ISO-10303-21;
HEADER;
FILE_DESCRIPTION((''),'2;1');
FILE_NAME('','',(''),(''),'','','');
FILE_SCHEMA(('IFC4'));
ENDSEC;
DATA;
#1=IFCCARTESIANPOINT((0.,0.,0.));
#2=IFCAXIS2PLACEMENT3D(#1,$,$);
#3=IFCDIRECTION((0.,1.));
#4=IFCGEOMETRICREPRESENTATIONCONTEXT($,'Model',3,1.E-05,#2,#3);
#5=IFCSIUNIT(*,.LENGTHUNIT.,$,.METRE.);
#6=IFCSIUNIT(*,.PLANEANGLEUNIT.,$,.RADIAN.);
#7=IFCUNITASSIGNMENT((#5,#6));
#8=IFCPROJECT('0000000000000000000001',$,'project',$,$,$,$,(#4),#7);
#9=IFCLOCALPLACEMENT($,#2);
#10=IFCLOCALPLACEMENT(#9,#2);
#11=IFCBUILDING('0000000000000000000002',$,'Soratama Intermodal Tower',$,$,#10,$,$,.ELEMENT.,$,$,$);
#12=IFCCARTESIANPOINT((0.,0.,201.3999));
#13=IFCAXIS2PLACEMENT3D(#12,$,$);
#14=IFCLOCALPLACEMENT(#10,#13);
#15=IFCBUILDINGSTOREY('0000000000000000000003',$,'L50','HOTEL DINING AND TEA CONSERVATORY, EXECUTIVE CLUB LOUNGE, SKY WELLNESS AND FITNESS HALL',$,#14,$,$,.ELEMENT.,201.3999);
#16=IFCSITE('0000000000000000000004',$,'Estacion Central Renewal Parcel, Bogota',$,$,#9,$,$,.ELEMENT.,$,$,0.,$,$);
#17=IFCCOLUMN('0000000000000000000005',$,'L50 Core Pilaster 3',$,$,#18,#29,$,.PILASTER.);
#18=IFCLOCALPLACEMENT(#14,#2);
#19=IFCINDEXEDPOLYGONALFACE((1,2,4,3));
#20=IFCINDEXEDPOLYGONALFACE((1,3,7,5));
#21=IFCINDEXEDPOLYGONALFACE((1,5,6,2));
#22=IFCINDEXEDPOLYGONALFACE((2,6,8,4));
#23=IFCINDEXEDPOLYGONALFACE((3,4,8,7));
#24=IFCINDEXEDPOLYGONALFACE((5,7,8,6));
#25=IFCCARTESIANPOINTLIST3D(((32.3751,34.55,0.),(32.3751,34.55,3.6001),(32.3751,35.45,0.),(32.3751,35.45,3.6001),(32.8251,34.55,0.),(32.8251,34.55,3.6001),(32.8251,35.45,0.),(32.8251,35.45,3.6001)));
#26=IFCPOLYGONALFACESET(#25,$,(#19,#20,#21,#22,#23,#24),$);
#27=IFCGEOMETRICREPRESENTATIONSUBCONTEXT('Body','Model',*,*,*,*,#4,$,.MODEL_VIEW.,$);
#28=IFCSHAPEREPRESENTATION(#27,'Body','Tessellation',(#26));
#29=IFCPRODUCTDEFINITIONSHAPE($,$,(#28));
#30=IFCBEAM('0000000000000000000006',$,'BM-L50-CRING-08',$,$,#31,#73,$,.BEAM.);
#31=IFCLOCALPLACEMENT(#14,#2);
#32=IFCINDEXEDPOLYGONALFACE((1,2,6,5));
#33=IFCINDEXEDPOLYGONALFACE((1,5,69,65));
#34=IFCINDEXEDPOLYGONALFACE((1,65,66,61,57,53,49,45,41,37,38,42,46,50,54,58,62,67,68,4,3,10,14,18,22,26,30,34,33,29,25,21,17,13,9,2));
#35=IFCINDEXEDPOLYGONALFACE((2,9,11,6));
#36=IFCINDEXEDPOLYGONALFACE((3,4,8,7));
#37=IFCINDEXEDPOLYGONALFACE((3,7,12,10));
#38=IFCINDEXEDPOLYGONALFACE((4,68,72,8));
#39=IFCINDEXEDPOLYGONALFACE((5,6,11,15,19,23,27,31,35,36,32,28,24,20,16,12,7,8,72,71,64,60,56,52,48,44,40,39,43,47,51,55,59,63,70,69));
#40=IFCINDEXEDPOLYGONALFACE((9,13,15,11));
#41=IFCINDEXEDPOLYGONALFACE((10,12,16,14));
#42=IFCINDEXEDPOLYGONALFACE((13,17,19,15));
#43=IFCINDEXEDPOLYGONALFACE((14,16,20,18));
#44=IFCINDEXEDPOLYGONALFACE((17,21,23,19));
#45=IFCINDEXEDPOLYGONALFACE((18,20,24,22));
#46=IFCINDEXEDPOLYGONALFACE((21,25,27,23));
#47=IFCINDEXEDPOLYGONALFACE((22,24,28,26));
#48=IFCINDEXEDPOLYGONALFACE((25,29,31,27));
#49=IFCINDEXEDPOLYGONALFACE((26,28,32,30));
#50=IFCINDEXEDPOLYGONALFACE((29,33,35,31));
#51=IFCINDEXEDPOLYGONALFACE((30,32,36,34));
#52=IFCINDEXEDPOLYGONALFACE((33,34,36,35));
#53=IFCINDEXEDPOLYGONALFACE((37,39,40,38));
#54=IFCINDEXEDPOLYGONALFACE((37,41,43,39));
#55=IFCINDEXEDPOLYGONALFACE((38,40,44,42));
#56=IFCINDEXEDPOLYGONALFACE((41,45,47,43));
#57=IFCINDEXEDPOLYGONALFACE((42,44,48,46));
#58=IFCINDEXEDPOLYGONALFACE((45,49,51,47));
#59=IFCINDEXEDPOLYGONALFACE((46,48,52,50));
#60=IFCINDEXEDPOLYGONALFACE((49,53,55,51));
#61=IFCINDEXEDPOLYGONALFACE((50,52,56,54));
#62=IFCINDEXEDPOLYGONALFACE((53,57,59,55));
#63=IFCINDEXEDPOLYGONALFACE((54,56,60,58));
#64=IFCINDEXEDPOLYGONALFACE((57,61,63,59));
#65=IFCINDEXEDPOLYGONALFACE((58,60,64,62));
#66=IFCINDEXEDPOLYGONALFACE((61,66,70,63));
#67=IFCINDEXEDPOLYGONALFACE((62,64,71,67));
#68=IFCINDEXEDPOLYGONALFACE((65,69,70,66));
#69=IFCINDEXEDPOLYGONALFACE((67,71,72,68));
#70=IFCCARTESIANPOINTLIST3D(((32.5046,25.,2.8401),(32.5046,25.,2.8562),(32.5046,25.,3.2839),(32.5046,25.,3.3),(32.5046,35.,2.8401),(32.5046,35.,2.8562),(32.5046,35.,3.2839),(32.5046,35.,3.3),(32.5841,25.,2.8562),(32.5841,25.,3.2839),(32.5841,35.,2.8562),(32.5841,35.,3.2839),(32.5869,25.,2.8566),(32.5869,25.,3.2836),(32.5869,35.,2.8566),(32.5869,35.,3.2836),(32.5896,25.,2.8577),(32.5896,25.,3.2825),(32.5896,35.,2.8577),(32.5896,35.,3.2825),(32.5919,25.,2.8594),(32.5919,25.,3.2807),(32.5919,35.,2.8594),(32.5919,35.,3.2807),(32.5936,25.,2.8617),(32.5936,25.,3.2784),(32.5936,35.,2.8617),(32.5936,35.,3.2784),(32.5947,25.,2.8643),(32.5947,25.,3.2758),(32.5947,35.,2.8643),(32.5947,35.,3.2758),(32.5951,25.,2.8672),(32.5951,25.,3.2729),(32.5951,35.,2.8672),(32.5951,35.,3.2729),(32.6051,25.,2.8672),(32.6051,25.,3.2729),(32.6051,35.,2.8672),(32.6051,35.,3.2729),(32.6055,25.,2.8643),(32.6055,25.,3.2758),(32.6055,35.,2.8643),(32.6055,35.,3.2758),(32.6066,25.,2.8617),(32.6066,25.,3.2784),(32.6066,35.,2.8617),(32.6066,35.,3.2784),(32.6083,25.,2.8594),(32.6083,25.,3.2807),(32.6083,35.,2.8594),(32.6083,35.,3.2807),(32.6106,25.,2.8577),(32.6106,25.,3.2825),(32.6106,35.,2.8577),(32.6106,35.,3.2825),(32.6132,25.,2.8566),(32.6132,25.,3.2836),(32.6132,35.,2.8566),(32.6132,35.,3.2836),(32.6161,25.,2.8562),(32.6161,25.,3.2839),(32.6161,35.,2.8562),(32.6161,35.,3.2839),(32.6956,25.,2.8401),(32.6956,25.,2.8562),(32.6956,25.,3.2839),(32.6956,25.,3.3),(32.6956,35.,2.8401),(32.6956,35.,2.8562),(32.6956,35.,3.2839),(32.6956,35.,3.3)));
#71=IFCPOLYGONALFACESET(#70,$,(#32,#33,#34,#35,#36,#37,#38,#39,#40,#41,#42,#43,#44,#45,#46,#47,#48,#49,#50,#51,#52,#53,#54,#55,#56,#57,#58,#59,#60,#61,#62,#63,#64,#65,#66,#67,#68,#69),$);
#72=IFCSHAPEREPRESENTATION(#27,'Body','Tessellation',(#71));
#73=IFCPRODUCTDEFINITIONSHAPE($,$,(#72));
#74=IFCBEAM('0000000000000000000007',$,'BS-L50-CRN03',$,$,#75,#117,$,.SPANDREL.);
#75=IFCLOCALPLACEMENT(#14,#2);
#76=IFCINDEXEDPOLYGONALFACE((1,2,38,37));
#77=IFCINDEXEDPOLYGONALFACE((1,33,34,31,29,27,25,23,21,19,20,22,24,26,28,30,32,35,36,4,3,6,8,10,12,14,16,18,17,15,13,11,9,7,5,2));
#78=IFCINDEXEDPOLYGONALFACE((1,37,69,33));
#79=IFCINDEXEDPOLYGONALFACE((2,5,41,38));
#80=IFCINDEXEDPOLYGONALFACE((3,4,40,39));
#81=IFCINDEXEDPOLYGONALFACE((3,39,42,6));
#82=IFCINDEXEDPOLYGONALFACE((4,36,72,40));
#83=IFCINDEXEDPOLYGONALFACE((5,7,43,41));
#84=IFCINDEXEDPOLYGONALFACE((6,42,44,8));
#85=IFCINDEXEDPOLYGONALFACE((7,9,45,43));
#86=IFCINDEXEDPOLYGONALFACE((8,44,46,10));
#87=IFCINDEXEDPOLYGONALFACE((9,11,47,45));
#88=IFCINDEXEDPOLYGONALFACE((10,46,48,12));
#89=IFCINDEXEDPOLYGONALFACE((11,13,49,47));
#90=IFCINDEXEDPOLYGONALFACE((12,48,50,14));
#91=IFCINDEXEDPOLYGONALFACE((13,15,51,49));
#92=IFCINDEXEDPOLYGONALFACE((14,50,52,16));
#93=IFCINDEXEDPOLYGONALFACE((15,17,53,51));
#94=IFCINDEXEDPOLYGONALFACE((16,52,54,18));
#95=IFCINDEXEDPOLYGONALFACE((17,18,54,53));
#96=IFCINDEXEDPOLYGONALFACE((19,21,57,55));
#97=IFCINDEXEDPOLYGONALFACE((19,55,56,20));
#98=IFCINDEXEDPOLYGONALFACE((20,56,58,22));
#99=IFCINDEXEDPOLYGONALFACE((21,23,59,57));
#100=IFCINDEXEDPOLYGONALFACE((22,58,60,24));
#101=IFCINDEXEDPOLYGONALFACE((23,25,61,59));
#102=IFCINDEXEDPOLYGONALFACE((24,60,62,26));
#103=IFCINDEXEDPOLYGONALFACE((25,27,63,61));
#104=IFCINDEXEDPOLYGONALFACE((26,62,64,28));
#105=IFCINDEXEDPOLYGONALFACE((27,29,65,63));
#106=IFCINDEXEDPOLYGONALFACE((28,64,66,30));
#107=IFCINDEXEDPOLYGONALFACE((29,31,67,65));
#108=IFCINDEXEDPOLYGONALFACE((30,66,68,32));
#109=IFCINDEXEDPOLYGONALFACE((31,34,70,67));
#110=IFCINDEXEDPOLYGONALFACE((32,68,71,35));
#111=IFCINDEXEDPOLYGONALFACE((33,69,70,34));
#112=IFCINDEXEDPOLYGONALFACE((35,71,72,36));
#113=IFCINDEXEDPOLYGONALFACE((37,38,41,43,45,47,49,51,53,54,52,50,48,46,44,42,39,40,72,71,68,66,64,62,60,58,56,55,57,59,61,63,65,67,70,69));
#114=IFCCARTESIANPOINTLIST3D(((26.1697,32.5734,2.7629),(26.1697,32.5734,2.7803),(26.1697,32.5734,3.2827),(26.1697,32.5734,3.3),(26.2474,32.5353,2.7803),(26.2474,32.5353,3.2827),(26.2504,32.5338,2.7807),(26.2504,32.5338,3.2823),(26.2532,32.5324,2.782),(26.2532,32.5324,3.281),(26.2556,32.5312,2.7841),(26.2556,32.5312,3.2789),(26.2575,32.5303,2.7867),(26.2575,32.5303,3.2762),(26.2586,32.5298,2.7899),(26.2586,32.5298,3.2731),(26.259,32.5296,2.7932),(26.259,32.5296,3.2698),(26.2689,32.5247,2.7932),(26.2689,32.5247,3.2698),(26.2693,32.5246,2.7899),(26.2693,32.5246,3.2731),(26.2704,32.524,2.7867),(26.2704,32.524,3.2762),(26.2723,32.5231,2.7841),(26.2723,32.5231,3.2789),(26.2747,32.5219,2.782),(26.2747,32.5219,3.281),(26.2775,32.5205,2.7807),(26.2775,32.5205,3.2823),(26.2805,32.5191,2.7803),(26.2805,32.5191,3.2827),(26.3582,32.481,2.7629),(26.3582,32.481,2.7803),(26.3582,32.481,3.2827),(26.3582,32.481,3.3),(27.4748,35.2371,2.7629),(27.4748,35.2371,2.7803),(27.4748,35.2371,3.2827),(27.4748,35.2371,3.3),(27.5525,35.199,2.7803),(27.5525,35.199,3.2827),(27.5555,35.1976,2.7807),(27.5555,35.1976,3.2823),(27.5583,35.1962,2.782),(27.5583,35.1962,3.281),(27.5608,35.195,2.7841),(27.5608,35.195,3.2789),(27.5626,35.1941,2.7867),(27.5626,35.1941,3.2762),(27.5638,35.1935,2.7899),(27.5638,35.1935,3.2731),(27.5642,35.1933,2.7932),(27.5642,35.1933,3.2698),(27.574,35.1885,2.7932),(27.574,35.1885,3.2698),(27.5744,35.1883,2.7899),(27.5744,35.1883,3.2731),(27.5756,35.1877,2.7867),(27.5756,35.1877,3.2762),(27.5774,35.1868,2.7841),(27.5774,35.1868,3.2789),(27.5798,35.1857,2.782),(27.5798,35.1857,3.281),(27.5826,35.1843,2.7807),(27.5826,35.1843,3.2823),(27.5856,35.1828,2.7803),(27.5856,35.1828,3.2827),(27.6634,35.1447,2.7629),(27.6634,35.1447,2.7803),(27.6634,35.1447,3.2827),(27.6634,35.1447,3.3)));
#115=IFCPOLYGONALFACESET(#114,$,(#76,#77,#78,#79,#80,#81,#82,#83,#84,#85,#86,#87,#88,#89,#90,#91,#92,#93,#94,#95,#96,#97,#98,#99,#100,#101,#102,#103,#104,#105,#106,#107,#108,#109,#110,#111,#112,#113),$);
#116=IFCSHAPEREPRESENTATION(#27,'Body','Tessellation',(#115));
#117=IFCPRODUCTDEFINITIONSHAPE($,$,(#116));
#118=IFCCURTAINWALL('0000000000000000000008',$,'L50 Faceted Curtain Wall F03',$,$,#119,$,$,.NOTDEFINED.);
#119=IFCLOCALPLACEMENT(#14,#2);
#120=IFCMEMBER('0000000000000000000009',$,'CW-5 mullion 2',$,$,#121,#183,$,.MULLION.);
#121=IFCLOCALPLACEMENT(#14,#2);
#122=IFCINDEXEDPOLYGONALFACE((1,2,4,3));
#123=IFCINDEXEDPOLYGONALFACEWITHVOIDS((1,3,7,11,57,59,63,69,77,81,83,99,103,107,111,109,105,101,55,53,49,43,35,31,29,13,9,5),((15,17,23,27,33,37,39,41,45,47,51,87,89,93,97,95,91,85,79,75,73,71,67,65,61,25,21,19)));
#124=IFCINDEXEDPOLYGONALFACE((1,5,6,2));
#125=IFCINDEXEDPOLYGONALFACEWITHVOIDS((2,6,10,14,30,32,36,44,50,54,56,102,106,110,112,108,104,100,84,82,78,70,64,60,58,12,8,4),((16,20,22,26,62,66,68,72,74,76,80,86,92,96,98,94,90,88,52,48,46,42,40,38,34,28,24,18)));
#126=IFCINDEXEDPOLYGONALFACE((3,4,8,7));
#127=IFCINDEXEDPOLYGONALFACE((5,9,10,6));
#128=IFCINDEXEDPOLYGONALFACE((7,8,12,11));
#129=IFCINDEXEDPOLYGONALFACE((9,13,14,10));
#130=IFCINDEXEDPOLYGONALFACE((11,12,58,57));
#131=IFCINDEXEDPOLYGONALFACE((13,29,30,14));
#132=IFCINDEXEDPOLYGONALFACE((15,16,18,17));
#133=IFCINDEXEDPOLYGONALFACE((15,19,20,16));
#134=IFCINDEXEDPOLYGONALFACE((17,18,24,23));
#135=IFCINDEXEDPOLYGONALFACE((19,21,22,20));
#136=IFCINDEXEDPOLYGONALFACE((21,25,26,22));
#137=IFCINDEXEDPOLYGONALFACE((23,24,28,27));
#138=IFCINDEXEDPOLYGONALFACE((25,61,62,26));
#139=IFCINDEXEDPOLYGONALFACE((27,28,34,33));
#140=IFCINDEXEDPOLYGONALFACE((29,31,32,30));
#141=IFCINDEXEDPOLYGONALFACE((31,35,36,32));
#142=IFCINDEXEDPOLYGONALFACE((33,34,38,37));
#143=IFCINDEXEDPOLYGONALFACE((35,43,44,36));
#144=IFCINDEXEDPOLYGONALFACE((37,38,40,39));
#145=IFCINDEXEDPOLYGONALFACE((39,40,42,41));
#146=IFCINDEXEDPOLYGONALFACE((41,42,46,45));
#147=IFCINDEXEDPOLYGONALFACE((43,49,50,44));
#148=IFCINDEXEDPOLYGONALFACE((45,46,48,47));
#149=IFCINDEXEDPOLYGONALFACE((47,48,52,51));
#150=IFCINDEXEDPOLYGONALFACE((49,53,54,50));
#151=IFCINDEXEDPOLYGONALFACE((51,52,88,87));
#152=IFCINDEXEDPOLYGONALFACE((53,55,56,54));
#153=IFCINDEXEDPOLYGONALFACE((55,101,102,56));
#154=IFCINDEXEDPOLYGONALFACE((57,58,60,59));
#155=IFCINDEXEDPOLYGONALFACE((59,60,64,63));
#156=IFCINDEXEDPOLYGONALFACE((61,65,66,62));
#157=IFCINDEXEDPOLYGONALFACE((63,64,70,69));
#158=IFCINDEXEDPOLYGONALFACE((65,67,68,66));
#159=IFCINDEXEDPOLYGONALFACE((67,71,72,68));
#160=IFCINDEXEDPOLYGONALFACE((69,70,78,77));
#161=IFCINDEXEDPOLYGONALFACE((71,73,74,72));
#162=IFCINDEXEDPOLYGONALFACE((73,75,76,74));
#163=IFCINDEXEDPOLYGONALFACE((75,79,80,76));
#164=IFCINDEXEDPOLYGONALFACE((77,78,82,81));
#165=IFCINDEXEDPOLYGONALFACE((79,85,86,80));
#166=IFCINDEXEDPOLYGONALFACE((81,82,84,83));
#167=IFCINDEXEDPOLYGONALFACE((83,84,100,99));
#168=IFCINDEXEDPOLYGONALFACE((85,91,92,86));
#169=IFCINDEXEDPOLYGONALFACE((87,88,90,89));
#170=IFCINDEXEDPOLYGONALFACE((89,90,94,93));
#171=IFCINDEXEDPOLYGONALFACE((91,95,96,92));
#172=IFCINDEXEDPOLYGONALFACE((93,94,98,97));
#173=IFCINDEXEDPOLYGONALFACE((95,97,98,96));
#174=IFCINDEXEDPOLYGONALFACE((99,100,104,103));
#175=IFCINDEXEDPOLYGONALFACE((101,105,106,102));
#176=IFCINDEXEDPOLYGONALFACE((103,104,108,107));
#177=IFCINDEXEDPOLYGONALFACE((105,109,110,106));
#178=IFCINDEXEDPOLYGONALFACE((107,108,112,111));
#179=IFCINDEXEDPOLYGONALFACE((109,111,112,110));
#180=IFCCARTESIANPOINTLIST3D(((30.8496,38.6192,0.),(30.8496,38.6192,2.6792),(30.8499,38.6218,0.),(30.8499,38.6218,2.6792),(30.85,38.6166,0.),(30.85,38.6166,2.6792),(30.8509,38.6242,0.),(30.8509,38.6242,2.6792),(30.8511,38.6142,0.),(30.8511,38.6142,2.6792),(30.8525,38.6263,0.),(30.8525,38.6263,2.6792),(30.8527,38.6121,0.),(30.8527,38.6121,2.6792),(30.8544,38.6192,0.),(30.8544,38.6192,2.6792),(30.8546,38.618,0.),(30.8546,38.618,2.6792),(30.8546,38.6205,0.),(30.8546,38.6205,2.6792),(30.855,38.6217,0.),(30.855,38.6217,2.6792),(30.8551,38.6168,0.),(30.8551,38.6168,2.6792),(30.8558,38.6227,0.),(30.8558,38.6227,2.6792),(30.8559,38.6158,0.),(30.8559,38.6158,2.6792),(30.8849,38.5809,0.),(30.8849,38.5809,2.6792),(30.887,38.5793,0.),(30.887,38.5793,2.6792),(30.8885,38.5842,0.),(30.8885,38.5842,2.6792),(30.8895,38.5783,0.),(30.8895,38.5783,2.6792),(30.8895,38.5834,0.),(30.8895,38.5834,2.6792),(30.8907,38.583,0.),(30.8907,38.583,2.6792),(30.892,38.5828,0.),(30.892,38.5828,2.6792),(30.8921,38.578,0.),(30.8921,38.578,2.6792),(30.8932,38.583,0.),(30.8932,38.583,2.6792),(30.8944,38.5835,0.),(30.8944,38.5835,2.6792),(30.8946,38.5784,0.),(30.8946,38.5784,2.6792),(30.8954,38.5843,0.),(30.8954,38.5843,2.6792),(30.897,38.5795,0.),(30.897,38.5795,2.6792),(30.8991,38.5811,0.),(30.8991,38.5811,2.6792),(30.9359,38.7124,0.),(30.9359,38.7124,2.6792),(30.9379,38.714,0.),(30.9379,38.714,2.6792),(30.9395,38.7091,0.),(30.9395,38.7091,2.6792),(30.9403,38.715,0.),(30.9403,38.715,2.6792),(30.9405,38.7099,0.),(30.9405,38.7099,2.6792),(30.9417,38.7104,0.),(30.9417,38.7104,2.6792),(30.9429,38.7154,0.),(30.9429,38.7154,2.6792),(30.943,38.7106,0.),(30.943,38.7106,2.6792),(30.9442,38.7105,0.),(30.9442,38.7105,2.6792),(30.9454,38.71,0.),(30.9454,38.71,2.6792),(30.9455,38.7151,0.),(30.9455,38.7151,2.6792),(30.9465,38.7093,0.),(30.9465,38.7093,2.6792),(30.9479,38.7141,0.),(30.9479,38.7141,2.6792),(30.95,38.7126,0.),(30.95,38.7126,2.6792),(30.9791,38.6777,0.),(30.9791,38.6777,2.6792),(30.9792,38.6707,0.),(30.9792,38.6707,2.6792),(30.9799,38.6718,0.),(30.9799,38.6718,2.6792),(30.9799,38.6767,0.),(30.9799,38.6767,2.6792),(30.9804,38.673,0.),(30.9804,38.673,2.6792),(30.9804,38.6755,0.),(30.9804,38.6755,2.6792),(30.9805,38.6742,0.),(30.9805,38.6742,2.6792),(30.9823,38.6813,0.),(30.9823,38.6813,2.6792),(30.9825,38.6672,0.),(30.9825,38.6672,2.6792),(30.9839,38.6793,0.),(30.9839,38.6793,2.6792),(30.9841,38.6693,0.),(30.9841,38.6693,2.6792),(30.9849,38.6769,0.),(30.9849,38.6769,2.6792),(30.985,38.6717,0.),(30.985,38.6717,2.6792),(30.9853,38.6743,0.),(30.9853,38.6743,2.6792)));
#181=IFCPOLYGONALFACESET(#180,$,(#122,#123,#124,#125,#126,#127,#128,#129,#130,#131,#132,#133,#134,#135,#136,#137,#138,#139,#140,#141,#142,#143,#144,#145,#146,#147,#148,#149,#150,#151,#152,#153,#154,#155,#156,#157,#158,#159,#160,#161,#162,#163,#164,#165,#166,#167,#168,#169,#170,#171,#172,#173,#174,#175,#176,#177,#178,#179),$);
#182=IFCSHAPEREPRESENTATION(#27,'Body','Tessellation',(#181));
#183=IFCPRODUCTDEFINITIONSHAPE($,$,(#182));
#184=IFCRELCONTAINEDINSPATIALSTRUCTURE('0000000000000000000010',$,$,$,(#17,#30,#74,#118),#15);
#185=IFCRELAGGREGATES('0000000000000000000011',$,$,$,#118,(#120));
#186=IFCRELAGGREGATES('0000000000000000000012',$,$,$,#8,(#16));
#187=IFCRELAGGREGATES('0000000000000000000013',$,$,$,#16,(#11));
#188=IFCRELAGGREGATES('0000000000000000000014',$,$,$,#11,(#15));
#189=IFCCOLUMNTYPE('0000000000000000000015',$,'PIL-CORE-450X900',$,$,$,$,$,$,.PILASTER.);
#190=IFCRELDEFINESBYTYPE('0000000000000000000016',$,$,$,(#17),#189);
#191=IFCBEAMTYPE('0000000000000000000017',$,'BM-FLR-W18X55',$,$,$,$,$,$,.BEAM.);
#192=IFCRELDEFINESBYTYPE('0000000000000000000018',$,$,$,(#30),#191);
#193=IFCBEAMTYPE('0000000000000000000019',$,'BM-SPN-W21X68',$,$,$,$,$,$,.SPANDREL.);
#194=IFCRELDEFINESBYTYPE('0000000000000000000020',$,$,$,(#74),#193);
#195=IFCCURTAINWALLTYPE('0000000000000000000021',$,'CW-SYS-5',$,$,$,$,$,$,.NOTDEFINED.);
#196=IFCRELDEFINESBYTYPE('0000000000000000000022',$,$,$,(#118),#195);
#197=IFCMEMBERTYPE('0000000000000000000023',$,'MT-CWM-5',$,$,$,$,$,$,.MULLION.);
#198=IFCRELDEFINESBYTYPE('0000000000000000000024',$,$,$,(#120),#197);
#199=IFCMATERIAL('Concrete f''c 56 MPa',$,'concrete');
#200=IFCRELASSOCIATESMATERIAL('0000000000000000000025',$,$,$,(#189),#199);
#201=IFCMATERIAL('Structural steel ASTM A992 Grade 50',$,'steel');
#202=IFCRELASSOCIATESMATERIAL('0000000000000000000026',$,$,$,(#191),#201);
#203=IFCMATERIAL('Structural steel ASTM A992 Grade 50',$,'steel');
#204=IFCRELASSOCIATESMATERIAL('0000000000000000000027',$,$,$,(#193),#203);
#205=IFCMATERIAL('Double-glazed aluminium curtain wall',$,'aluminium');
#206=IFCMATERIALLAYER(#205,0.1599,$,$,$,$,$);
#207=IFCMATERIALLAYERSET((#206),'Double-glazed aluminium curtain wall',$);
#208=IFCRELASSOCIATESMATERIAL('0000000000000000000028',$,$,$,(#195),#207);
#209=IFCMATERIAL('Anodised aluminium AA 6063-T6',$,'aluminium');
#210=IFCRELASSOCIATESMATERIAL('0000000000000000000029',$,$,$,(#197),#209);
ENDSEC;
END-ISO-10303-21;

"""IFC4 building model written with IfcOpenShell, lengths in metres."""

from ifc_helpers import new_model, si_unit, direction, frame, origin, origin_2d, place, context, subcontext, project, spatial, rectangle, hollow_rectangle, i_section, extrude, material, layer, layer_set, material_profile, profile_set, type_object, element, aggregate, save


model = new_model("IFC4")

# Units and contexts
model_context = context("Model", 3, precision=1e-05, world=origin(), true_north=direction((0.0, 1.0)))
body_context = subcontext(model_context, "Body", "Model", "MODEL_VIEW")
ifc_project = project(units=[si_unit("LENGTHUNIT", "METRE"), si_unit("PLANEANGLEUNIT", "RADIAN")], contexts=[model_context])

# Site, building, storey
site_placement = place(None, origin())
site = spatial("IfcSite", under=ifc_project, at=site_placement, Name="Estacion Central Renewal Parcel, Bogota", CompositionType="ELEMENT", RefElevation=0.0)
building_placement = place(site_placement, origin())
building = spatial("IfcBuilding", under=site, at=building_placement, Name="Soratama Intermodal Tower", CompositionType="ELEMENT")
storey_placement = place(building_placement, frame((0.0, 0.0, 201.3999)))
storey = spatial("IfcBuildingStorey", under=building, at=storey_placement, Name="L50", Description="HOTEL DINING AND TEA CONSERVATORY, EXECUTIVE CLUB LOUNGE, SKY WELLNESS AND FITNESS HALL", CompositionType="ELEMENT", Elevation=201.3999)

# Column
ifc_material_1 = material(Name="Concrete f'c 56 MPa", Category="concrete")
ifc_material_profile_1 = material_profile(ifc_material_1, rectangle(XDim=0.45, YDim=0.8999, at=origin_2d()), Name="RC450X900")
ifc_profile_set_1 = profile_set([ifc_material_profile_1], Name="Concrete f'c 56 MPa")
column_type = type_object("IfcColumnType", Name="PIL-CORE-450X900", PredefinedType="PILASTER", material=ifc_profile_set_1)
column_placement = place(storey_placement, frame((32.6001, 35.0, 0.0), z_axis=(0.0, 0.0, 1.0), x_axis=(1.0, 0.0, 0.0)))
element("IfcColumn", 1, at=column_placement, inside=storey, type_object=column_type, Name="L50 Core Pilaster 3", PredefinedType="PILASTER", context=body_context, shape_type="SweptSolid", body=[
    extrude(rectangle(XDim=0.45, YDim=0.8999, at=origin_2d()), origin(), (0.0, 0.0, 1.0), 3.6001),
])

# Beams
ifc_material_2 = material(Name="Structural steel ASTM A992 Grade 50", Category="steel")
ifc_material_profile_2 = material_profile(ifc_material_2, i_section(OverallWidth=0.1909, OverallDepth=0.46, WebThickness=0.01, FlangeThickness=0.0161, FilletRadius=0.011, at=origin_2d()), Name="W18X55")
ifc_profile_set_2 = profile_set([ifc_material_profile_2], Name="Structural steel ASTM A992 Grade 50")
beam_type_1 = type_object("IfcBeamType", Name="BM-FLR-W18X55", PredefinedType="BEAM", material=ifc_profile_set_2)
beam_1_placement = place(storey_placement, frame((32.6001, 35.0, 3.0701), z_axis=(0.0, -1.0, 0.0), x_axis=(1.0, 0.0, 0.0)))
element("IfcBeam", 2, at=beam_1_placement, inside=storey, type_object=beam_type_1, Name="BM-L50-CRING-08", PredefinedType="BEAM", context=body_context, shape_type="SweptSolid", body=[
    extrude(i_section(OverallWidth=0.1909, OverallDepth=0.46, WebThickness=0.01, FlangeThickness=0.0161, FilletRadius=0.011, at=origin_2d()), origin(), (0.0, 0.0, 1.0), 10.0),
])
ifc_material_3 = material(Name="Structural steel ASTM A992 Grade 50", Category="steel")
ifc_material_profile_3 = material_profile(ifc_material_3, i_section(OverallWidth=0.21, OverallDepth=0.5371, WebThickness=0.011, FlangeThickness=0.0173, FilletRadius=0.0129, at=origin_2d()), Name="W21X68")
ifc_profile_set_3 = profile_set([ifc_material_profile_3], Name="Structural steel ASTM A992 Grade 50")
beam_type_2 = type_object("IfcBeamType", Name="BM-SPN-W21X68", PredefinedType="SPANDREL", material=ifc_profile_set_3)
beam_2_placement = place(storey_placement, frame((27.5691, 35.1909, 3.0315), z_axis=(-0.439989, -0.898003, 0.0), x_axis=(0.898003, -0.439989, 0.0)))
element("IfcBeam", 3, at=beam_2_placement, inside=storey, type_object=beam_type_2, Name="BS-L50-CRN03", PredefinedType="SPANDREL", context=body_context, shape_type="SweptSolid", body=[
    extrude(i_section(OverallWidth=0.21, OverallDepth=0.5371, WebThickness=0.011, FlangeThickness=0.0173, FilletRadius=0.0129, at=origin_2d()), origin(), (0.0, 0.0, 1.0), 2.9663),
])

# Curtain wall, member
ifc_material_4 = material(Name="Double-glazed aluminium curtain wall", Category="aluminium")
ifc_layer_1 = layer(ifc_material_4, 0.1599)
ifc_layer_set_1 = layer_set([ifc_layer_1], Name="Double-glazed aluminium curtain wall")
curtain_wall_type = type_object("IfcCurtainWallType", Name="CW-SYS-5", PredefinedType="NOTDEFINED", material=ifc_layer_set_1)
curtain_wall_placement = place(storey_placement, origin())
curtain_wall = element("IfcCurtainWall", 4, at=curtain_wall_placement, inside=storey, type_object=curtain_wall_type, Name="L50 Faceted Curtain Wall F03", PredefinedType="NOTDEFINED")
ifc_material_5 = material(Name="Anodised aluminium AA 6063-T6", Category="aluminium")
ifc_material_profile_4 = material_profile(ifc_material_5, hollow_rectangle(XDim=0.0649, YDim=0.1399, WallThickness=0.0049, InnerFilletRadius=0.0049, OuterFilletRadius=0.01, at=origin_2d()), Name="CWM140X65X5")
ifc_profile_set_4 = profile_set([ifc_material_profile_4], Name="Anodised aluminium AA 6063-T6")
member_type_1 = type_object("IfcMemberType", Name="MT-CWM-5", PredefinedType="MULLION", material=ifc_profile_set_4)
member_1_placement = place(storey_placement, frame((30.9175, 38.6467, 0.0), z_axis=(0.0, 0.0, 1.0), x_axis=(0.718127, -0.695912, 0.0)))
member_1 = element("IfcMember", 5, at=member_1_placement, type_object=member_type_1, Name="CW-5 mullion 2", PredefinedType="MULLION", context=body_context, shape_type="SweptSolid", body=[
    extrude(hollow_rectangle(XDim=0.0649, YDim=0.1399, WallThickness=0.0049, InnerFilletRadius=0.0049, OuterFilletRadius=0.01, at=origin_2d()), origin(), (0.0, 0.0, 1.0), 2.6792),
])
aggregate(curtain_wall, [member_1])

save(model, "model.ifc")
